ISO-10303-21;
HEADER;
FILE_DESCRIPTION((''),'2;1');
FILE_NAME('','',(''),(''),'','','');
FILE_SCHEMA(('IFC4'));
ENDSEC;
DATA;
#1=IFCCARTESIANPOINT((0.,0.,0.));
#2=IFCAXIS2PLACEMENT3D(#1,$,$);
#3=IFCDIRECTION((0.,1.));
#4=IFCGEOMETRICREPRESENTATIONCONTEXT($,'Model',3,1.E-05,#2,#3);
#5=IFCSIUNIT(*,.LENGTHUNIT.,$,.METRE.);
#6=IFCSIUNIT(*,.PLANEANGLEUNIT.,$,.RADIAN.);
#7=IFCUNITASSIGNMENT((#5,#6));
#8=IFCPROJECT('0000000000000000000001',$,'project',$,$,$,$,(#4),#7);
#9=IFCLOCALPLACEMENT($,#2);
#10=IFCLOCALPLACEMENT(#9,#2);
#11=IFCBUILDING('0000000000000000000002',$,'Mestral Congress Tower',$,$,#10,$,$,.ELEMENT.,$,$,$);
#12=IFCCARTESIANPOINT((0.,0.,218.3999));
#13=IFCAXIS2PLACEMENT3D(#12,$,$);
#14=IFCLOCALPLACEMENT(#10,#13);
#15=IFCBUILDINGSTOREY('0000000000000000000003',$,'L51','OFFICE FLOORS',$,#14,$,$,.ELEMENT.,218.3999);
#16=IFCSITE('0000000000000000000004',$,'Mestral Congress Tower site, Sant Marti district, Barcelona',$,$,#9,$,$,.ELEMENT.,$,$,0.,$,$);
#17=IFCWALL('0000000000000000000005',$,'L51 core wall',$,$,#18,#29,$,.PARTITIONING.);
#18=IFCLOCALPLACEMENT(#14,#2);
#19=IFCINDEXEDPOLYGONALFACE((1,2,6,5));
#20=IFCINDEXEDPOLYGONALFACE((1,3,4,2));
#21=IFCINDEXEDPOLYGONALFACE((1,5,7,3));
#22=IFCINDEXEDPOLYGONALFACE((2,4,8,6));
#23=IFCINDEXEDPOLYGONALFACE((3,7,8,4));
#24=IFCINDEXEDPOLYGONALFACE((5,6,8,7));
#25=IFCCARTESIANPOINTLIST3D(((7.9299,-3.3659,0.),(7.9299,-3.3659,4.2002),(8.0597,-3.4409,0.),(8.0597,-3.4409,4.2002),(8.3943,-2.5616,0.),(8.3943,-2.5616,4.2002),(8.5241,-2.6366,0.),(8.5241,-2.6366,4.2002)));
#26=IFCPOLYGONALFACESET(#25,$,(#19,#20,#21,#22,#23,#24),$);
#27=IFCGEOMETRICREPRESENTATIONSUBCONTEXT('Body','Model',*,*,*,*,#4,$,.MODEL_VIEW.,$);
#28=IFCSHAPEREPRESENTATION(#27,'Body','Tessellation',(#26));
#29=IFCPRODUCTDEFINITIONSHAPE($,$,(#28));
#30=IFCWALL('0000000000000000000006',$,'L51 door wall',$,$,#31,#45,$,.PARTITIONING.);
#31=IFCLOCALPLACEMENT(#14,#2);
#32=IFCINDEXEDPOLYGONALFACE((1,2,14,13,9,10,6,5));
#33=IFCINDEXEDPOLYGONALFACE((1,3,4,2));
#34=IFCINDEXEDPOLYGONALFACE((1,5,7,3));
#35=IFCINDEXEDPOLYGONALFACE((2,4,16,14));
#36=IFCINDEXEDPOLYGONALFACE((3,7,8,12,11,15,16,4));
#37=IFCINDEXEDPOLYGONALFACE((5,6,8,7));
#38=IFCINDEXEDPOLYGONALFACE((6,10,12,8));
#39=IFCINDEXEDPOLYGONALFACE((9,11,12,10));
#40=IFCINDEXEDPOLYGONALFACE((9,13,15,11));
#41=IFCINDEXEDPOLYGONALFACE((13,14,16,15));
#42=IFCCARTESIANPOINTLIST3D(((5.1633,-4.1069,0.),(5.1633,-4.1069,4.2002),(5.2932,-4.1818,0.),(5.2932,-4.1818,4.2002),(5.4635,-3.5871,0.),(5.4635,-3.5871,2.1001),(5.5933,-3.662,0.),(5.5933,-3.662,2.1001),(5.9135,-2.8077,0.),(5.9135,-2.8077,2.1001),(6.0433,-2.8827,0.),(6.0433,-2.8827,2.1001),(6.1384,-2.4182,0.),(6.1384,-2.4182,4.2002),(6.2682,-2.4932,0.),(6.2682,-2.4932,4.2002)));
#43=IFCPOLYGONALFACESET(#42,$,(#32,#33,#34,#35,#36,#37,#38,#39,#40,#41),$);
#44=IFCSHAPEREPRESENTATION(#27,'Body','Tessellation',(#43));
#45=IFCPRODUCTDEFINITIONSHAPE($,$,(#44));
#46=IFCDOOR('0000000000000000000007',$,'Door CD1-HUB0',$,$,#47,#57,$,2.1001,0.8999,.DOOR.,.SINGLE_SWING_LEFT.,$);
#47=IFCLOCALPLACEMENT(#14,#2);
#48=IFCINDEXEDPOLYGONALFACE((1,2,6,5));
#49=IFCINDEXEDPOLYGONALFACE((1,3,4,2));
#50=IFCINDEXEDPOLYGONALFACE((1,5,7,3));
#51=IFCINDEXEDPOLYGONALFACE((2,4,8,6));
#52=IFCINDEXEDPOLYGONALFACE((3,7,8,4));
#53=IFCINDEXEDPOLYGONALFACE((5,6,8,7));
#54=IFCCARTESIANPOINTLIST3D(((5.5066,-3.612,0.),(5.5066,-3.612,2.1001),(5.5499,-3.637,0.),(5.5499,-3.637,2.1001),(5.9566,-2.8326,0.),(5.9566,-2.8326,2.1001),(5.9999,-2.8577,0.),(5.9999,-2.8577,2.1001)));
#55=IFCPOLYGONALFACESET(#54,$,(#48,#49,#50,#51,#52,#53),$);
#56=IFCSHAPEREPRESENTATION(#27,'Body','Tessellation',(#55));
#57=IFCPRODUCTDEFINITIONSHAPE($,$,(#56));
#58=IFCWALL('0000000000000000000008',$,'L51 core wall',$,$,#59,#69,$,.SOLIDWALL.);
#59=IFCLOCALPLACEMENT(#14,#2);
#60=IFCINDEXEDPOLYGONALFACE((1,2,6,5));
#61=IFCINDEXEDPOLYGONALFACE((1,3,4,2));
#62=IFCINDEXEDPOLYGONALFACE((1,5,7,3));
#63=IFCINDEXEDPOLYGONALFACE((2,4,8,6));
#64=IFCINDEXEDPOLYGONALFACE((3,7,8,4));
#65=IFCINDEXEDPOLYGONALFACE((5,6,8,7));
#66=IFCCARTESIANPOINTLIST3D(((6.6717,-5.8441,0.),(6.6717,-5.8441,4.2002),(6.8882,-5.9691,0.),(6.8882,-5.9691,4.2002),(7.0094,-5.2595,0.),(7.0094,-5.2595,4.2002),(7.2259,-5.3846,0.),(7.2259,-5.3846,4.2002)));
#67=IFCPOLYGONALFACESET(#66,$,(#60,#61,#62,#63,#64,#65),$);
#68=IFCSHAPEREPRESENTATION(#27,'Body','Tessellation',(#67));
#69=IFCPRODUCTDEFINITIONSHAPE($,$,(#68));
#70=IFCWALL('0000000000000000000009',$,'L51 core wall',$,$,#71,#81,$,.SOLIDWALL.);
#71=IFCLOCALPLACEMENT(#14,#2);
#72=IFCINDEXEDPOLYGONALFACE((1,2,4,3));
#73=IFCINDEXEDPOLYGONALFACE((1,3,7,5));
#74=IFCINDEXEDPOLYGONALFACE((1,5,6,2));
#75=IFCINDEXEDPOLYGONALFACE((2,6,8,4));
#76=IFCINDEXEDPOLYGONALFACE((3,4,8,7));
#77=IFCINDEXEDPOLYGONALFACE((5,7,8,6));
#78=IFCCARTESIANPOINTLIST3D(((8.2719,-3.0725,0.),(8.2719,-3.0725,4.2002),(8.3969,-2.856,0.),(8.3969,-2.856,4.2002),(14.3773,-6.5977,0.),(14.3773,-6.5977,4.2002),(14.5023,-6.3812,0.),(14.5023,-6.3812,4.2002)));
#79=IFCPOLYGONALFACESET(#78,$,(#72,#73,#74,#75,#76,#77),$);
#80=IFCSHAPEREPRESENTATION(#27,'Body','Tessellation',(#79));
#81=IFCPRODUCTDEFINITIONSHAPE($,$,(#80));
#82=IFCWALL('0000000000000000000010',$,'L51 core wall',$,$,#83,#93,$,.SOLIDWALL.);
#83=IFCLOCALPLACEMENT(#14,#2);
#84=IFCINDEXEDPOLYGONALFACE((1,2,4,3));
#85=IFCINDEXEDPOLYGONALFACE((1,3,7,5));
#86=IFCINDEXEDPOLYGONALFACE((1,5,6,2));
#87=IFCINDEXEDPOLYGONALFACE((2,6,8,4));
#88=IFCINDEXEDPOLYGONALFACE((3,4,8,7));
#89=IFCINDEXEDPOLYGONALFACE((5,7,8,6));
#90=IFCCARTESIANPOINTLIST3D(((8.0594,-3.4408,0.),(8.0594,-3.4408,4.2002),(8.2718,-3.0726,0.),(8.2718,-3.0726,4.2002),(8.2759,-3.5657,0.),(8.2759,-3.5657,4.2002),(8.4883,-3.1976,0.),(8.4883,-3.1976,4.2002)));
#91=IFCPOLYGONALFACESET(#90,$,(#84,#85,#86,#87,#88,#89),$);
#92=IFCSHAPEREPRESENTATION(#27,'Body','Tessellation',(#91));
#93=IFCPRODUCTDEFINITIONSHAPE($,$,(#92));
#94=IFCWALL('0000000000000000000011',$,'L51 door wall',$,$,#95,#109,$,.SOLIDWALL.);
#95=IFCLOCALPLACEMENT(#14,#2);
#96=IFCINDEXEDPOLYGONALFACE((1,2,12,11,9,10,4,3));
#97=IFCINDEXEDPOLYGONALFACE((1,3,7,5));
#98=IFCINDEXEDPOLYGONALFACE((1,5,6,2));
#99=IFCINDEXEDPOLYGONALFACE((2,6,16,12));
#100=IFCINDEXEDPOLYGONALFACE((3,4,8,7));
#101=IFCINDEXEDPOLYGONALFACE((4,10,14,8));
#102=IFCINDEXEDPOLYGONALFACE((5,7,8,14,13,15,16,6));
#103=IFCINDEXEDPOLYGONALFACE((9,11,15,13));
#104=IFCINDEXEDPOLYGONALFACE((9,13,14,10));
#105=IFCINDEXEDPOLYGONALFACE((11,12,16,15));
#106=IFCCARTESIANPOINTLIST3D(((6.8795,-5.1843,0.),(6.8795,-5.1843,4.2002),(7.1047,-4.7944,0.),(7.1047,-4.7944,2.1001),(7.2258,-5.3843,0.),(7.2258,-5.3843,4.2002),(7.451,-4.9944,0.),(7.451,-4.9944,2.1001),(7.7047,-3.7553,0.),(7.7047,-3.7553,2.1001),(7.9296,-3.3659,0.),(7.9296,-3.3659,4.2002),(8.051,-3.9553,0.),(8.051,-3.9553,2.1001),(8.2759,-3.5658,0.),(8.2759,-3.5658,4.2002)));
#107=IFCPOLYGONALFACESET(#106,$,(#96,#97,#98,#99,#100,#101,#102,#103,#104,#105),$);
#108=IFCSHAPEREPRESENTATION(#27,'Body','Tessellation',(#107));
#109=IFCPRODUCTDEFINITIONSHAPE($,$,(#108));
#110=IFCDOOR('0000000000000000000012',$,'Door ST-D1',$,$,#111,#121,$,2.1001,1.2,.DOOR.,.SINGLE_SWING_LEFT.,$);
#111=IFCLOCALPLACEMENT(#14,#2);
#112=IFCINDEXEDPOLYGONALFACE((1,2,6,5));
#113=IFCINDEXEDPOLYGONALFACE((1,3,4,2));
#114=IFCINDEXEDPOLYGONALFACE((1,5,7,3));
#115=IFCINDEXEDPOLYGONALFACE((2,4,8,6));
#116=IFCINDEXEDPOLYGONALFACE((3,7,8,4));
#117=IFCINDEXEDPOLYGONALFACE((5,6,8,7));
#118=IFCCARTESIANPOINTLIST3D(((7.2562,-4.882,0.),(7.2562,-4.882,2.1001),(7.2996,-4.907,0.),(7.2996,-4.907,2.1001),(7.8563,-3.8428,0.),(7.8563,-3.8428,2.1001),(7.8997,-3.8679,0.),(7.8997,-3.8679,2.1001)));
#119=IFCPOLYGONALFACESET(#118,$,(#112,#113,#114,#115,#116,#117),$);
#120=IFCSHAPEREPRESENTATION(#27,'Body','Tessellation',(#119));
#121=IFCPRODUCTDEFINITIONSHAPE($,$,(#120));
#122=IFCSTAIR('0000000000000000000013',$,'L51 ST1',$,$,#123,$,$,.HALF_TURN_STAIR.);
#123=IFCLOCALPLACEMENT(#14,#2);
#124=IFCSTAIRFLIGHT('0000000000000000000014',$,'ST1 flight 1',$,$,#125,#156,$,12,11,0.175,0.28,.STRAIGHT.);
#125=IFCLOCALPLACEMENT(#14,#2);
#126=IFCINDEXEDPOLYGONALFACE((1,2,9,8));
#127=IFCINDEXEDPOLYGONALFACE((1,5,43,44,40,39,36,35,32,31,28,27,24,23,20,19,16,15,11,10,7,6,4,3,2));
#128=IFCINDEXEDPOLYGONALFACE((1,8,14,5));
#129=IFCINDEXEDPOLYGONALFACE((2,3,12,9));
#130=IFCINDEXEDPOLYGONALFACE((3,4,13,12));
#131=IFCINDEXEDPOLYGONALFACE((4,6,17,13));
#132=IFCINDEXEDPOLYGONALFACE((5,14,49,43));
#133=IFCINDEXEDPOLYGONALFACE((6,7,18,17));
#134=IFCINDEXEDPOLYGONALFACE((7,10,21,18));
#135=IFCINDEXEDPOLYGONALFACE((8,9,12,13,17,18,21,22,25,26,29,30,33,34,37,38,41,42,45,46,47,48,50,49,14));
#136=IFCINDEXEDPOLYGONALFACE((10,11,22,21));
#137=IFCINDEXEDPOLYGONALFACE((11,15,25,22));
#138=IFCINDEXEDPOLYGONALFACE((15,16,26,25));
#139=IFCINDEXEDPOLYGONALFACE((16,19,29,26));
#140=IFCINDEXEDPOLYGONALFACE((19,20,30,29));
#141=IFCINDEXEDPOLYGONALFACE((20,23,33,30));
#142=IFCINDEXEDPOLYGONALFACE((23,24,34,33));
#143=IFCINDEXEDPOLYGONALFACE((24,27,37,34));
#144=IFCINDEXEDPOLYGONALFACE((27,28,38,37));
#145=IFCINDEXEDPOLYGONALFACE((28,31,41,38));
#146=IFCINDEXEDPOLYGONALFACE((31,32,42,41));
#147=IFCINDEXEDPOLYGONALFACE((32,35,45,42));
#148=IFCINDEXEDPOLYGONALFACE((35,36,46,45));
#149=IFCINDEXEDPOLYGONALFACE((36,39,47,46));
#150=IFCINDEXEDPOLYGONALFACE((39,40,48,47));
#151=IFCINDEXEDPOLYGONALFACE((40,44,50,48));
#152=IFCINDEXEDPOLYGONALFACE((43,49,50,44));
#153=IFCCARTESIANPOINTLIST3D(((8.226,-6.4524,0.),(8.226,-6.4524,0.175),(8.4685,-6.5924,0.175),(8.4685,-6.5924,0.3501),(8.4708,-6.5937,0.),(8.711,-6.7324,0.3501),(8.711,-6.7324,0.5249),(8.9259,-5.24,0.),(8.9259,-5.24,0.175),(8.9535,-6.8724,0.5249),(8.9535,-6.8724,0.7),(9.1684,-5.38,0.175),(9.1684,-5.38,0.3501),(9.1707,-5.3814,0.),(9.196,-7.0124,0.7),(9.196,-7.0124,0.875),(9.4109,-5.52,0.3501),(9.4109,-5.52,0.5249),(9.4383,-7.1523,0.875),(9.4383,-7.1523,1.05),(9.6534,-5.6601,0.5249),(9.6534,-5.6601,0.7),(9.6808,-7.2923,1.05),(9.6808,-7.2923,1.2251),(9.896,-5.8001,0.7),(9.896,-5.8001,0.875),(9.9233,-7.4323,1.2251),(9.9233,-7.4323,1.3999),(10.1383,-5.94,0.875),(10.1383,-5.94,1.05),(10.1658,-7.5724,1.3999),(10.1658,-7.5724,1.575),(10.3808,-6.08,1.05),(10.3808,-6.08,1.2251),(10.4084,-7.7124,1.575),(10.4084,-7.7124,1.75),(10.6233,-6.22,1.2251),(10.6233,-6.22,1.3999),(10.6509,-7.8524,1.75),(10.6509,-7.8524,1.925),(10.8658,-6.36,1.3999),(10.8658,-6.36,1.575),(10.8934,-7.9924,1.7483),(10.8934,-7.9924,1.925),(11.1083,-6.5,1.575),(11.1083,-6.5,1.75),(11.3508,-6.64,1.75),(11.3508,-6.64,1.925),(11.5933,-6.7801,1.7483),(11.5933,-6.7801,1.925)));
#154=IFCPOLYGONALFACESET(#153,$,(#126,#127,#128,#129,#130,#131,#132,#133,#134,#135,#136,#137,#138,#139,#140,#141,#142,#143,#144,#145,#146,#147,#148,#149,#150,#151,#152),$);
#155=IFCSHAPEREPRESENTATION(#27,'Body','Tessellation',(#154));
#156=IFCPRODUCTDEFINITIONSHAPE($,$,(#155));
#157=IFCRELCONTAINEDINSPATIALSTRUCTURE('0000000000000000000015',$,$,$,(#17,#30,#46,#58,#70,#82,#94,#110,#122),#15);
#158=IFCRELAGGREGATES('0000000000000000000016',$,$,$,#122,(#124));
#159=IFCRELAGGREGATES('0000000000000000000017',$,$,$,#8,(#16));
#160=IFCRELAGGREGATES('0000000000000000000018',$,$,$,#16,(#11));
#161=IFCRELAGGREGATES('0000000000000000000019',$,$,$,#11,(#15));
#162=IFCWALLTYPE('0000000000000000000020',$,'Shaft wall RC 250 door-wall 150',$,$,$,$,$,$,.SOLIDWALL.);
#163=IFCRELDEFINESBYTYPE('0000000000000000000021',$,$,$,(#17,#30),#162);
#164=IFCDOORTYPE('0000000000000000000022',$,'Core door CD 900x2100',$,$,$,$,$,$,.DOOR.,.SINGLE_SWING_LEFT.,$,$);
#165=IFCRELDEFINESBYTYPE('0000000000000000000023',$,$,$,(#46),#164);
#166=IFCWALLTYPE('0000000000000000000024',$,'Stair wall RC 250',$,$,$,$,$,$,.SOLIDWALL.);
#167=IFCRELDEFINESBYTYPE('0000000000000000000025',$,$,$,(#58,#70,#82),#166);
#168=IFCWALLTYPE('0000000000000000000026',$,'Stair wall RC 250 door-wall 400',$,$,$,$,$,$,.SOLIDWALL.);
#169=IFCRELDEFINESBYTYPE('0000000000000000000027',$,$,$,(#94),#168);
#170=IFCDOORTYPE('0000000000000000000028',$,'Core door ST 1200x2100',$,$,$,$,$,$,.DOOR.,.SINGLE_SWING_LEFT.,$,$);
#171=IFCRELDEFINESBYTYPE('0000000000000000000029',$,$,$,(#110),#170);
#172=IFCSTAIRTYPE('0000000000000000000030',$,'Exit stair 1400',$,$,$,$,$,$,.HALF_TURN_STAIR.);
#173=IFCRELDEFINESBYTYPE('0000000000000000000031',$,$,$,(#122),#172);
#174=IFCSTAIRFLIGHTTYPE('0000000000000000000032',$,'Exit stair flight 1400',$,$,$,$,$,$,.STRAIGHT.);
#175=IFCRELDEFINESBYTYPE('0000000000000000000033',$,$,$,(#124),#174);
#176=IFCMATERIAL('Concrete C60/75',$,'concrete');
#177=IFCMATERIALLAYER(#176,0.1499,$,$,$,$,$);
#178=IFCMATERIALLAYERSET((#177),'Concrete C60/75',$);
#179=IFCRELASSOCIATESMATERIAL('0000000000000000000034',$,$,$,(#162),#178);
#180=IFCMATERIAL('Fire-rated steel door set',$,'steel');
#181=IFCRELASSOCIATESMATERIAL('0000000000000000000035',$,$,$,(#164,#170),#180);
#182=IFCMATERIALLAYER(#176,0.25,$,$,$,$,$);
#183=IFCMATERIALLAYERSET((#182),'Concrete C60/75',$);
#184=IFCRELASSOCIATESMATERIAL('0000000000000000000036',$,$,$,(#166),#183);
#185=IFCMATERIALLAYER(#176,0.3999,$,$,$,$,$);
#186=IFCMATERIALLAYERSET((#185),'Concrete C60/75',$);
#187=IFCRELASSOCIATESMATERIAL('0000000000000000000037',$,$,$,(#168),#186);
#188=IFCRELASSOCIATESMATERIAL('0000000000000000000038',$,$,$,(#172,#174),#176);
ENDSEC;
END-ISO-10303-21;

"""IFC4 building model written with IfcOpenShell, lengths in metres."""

from ifc_helpers import new_model, si_unit, direction, frame, frame_2d, origin, place, context, subcontext, project, spatial, polyline, rectangle, outline, extrude, material, layer, layer_set, type_object, element, fill, aggregate, save


model = new_model("IFC4")

# Units and contexts
model_context = context("Model", 3, precision=1e-05, world=origin(), true_north=direction((0.0, 1.0)))
body_context = subcontext(model_context, "Body", "Model", "MODEL_VIEW")
ifc_project = project(units=[si_unit("LENGTHUNIT", "METRE"), si_unit("PLANEANGLEUNIT", "RADIAN")], contexts=[model_context])

# Site, building, storey
site_placement = place(None, origin())
site = spatial("IfcSite", under=ifc_project, at=site_placement, Name="Mestral Congress Tower site, Sant Marti district, Barcelona", CompositionType="ELEMENT", RefElevation=0.0)
building_placement = place(site_placement, origin())
building = spatial("IfcBuilding", under=site, at=building_placement, Name="Mestral Congress Tower", CompositionType="ELEMENT")
storey_placement = place(building_placement, frame((0.0, 0.0, 218.3999)))
storey = spatial("IfcBuildingStorey", under=building, at=storey_placement, Name="L51", Description="OFFICE FLOORS", CompositionType="ELEMENT", Elevation=218.3999)

# Shared definitions
ifc_material_1 = material(Name="Concrete C60/75", Category="concrete")

# Shared definitions
ifc_material_2 = material(Name="Fire-rated steel door set", Category="steel")

# Wall
ifc_layer_1 = layer(ifc_material_1, 0.1499)
ifc_layer_set_1 = layer_set([ifc_layer_1], Name="Concrete C60/75")
wall_type_1 = type_object("IfcWallType", Name="Shaft wall RC 250 door-wall 150", PredefinedType="SOLIDWALL", material=ifc_layer_set_1)
wall_1_placement = place(storey_placement, frame((8.4592, -2.5991, 0.0), z_axis=(0.0, 0.0, 1.0), x_axis=(-0.500041, -0.866002, 0.0)))
element("IfcWall", 1, at=wall_1_placement, inside=storey, type_object=wall_type_1, Name="L51 core wall", PredefinedType="PARTITIONING", context=body_context, shape_type="SweptSolid", body=[
    extrude(rectangle(XDim=0.9287, YDim=0.1499, at=frame_2d((0.4644, 0.0))), origin(), (0.0, 0.0, 1.0), 4.2002),
])

# Wall, opening, door
wall_2_placement = place(storey_placement, frame((6.2034, -2.4556, 0.0), z_axis=(0.0, 0.0, 1.0), x_axis=(-0.500044, -0.866, 0.0)))
wall_2 = element("IfcWall", 2, at=wall_2_placement, inside=storey, type_object=wall_type_1, Name="L51 door wall", PredefinedType="PARTITIONING", context=body_context, shape_type="SweptSolid", body=[
    extrude(rectangle(XDim=1.95, YDim=0.1499, at=frame_2d((0.9751, 0.0))), origin(), (0.0, 0.0, 1.0), 4.2002),
])
opening_1_placement = place(wall_2_placement, frame((0.45, 0.0, 0.0)))
opening_1 = element("IfcOpeningElement", 3, at=opening_1_placement, cuts=wall_2, PredefinedType="OPENING", context=body_context, shape_type="SweptSolid", body=[
    extrude(rectangle(XDim=0.8999, YDim=2.1001, at=frame_2d((0.45, 1.05))), frame((0.0, 0.085, 0.0), z_axis=(0.0, -1.0, 0.0), x_axis=(1.0, 0.0, 0.0)), (0.0, 0.0, 1.0), 0.1699),
])
door_type_1 = type_object("IfcDoorType", Name="Core door CD 900x2100", OperationType="SINGLE_SWING_LEFT", PredefinedType="DOOR", material=ifc_material_2)
door_1_placement = place(opening_1_placement, origin())
door_1 = element("IfcDoor", 4, at=door_1_placement, inside=storey, type_object=door_type_1, Name="Door CD1-HUB0", OperationType="SINGLE_SWING_LEFT", OverallHeight=2.1001, OverallWidth=0.8999, PredefinedType="DOOR", context=body_context, shape_type="SweptSolid", body=[
    extrude(rectangle(XDim=0.8999, YDim=2.1001, at=frame_2d((0.45, 1.05))), frame((0.0, 0.0249, 0.0), z_axis=(0.0, -1.0, 0.0), x_axis=(1.0, 0.0, 0.0)), (0.0, 0.0, 1.0), 0.05),
])
fill(opening_1, door_1)

# Walls
ifc_layer_2 = layer(ifc_material_1, 0.25)
ifc_layer_set_2 = layer_set([ifc_layer_2], Name="Concrete C60/75")
wall_type_2 = type_object("IfcWallType", Name="Stair wall RC 250", PredefinedType="SOLIDWALL", material=ifc_layer_set_2)
wall_3_placement = place(storey_placement, frame((6.78, -5.9065, 0.0), z_axis=(0.0, 0.0, 1.0), x_axis=(0.500223, 0.865896, 0.0)))
element("IfcWall", 5, at=wall_3_placement, inside=storey, type_object=wall_type_2, Name="L51 core wall", PredefinedType="SOLIDWALL", context=body_context, shape_type="SweptSolid", body=[
    extrude(rectangle(XDim=0.675, YDim=0.25, at=frame_2d((0.3374, 0.0))), origin(), (0.0, 0.0, 1.0), 4.2002),
])
wall_4_placement = place(storey_placement, frame((8.3345, -2.9644, 0.0), z_axis=(0.0, 0.0, 1.0), x_axis=(0.866016, -0.500016, 0.0)))
element("IfcWall", 6, at=wall_4_placement, inside=storey, type_object=wall_type_2, Name="L51 core wall", PredefinedType="SOLIDWALL", context=body_context, shape_type="SweptSolid", body=[
    extrude(rectangle(XDim=7.05, YDim=0.25, at=frame_2d((3.5249, 0.0))), origin(), (0.0, 0.0, 1.0), 4.2002),
])
wall_5_placement = place(storey_placement, frame((8.1677, -3.5032, 0.0), z_axis=(0.0, 0.0, 1.0), x_axis=(0.499722, 0.866186, 0.0)))
element("IfcWall", 7, at=wall_5_placement, inside=storey, type_object=wall_type_2, Name="L51 core wall", PredefinedType="SOLIDWALL", context=body_context, shape_type="SweptSolid", body=[
    extrude(rectangle(XDim=0.425, YDim=0.25, at=frame_2d((0.2124, 0.0))), origin(), (0.0, 0.0, 1.0), 4.2002),
])

# Wall, opening, door
ifc_layer_3 = layer(ifc_material_1, 0.3999)
ifc_layer_set_3 = layer_set([ifc_layer_3], Name="Concrete C60/75")
wall_type_3 = type_object("IfcWallType", Name="Stair wall RC 250 door-wall 400", PredefinedType="SOLIDWALL", material=ifc_layer_set_3)
wall_6_placement = place(storey_placement, frame((7.0527, -5.2842, 0.0), z_axis=(0.0, 0.0, 1.0), x_axis=(0.500078, 0.86598, 0.0)))
wall_6 = element("IfcWall", 8, at=wall_6_placement, inside=storey, type_object=wall_type_3, Name="L51 door wall", PredefinedType="SOLIDWALL", context=body_context, shape_type="SweptSolid", body=[
    extrude(rectangle(XDim=2.0999, YDim=0.3999, at=frame_2d((1.0498, 0.0))), origin(), (0.0, 0.0, 1.0), 4.2002),
])
opening_2_placement = place(wall_6_placement, frame((0.45, 0.0, 0.0)))
opening_2 = element("IfcOpeningElement", 9, at=opening_2_placement, cuts=wall_6, PredefinedType="OPENING", context=body_context, shape_type="SweptSolid", body=[
    extrude(rectangle(XDim=1.2, YDim=2.1001, at=frame_2d((0.6001, 1.05))), frame((0.0, 0.21, 0.0), z_axis=(0.0, -1.0, 0.0), x_axis=(1.0, 0.0, 0.0)), (0.0, 0.0, 1.0), 0.4199),
])
door_type_2 = type_object("IfcDoorType", Name="Core door ST 1200x2100", OperationType="SINGLE_SWING_LEFT", PredefinedType="DOOR", material=ifc_material_2)
door_2_placement = place(opening_2_placement, origin())
door_2 = element("IfcDoor", 10, at=door_2_placement, inside=storey, type_object=door_type_2, Name="Door ST-D1", OperationType="SINGLE_SWING_LEFT", OverallHeight=2.1001, OverallWidth=1.2, PredefinedType="DOOR", context=body_context, shape_type="SweptSolid", body=[
    extrude(rectangle(XDim=1.2, YDim=2.1001, at=frame_2d((0.6001, 1.05))), frame((0.0, 0.0249, 0.0), z_axis=(0.0, -1.0, 0.0), x_axis=(1.0, 0.0, 0.0)), (0.0, 0.0, 1.0), 0.05),
])
fill(opening_2, door_2)

# Stair, stair flight
stair_type = type_object("IfcStairType", Name="Exit stair 1400", PredefinedType="HALF_TURN_STAIR", material=ifc_material_1)
stair_placement = place(storey_placement, origin())
stair = element("IfcStair", 11, at=stair_placement, inside=storey, type_object=stair_type, Name="L51 ST1", PredefinedType="HALF_TURN_STAIR")
stair_flight_type = type_object("IfcStairFlightType", Name="Exit stair flight 1400", PredefinedType="STRAIGHT", material=ifc_material_1)
stair_flight_placement = place(storey_placement, frame((8.5759, -5.8462, 0.0), z_axis=(0.0, 0.0, 1.0), x_axis=(0.866025, -0.5, 0.0)))
stair_flight = element("IfcStairFlight", 12, at=stair_flight_placement, type_object=stair_flight_type, Name="ST1 flight 1", NumberOfRisers=12, NumberOfTreads=11, PredefinedType="STRAIGHT", RiserHeight=0.175, TreadLength=0.28, context=body_context, shape_type="SweptSolid", body=[
    extrude(outline(polyline([(0.0, 0.0), (0.0, 0.175), (0.28, 0.175), (0.28, 0.3501), (0.5601, 0.3501), (0.5601, 0.5249), (0.8401, 0.5249), (0.8401, 0.7), (1.1201, 0.7), (1.1201, 0.875), (1.3999, 0.875), (1.3999, 1.05), (1.6799, 1.05), (1.6799, 1.2251), (1.96, 1.2251), (1.96, 1.3999), (2.24, 1.3999), (2.24, 1.575), (2.52, 1.575), (2.52, 1.75), (2.8, 1.75), (2.8, 1.925), (3.0801, 1.925), (3.0801, 2.1001), (3.0801, 1.7483), (0.2827, 0.0), (0.0, 0.0)])), frame((0.0, 0.7, 0.0), z_axis=(0.0, -1.0, 0.0), x_axis=(1.0, 0.0, 0.0)), (0.0, 0.0, 1.0), 1.3999),
])
aggregate(stair, [stair_flight])

save(model, "model.ifc")
